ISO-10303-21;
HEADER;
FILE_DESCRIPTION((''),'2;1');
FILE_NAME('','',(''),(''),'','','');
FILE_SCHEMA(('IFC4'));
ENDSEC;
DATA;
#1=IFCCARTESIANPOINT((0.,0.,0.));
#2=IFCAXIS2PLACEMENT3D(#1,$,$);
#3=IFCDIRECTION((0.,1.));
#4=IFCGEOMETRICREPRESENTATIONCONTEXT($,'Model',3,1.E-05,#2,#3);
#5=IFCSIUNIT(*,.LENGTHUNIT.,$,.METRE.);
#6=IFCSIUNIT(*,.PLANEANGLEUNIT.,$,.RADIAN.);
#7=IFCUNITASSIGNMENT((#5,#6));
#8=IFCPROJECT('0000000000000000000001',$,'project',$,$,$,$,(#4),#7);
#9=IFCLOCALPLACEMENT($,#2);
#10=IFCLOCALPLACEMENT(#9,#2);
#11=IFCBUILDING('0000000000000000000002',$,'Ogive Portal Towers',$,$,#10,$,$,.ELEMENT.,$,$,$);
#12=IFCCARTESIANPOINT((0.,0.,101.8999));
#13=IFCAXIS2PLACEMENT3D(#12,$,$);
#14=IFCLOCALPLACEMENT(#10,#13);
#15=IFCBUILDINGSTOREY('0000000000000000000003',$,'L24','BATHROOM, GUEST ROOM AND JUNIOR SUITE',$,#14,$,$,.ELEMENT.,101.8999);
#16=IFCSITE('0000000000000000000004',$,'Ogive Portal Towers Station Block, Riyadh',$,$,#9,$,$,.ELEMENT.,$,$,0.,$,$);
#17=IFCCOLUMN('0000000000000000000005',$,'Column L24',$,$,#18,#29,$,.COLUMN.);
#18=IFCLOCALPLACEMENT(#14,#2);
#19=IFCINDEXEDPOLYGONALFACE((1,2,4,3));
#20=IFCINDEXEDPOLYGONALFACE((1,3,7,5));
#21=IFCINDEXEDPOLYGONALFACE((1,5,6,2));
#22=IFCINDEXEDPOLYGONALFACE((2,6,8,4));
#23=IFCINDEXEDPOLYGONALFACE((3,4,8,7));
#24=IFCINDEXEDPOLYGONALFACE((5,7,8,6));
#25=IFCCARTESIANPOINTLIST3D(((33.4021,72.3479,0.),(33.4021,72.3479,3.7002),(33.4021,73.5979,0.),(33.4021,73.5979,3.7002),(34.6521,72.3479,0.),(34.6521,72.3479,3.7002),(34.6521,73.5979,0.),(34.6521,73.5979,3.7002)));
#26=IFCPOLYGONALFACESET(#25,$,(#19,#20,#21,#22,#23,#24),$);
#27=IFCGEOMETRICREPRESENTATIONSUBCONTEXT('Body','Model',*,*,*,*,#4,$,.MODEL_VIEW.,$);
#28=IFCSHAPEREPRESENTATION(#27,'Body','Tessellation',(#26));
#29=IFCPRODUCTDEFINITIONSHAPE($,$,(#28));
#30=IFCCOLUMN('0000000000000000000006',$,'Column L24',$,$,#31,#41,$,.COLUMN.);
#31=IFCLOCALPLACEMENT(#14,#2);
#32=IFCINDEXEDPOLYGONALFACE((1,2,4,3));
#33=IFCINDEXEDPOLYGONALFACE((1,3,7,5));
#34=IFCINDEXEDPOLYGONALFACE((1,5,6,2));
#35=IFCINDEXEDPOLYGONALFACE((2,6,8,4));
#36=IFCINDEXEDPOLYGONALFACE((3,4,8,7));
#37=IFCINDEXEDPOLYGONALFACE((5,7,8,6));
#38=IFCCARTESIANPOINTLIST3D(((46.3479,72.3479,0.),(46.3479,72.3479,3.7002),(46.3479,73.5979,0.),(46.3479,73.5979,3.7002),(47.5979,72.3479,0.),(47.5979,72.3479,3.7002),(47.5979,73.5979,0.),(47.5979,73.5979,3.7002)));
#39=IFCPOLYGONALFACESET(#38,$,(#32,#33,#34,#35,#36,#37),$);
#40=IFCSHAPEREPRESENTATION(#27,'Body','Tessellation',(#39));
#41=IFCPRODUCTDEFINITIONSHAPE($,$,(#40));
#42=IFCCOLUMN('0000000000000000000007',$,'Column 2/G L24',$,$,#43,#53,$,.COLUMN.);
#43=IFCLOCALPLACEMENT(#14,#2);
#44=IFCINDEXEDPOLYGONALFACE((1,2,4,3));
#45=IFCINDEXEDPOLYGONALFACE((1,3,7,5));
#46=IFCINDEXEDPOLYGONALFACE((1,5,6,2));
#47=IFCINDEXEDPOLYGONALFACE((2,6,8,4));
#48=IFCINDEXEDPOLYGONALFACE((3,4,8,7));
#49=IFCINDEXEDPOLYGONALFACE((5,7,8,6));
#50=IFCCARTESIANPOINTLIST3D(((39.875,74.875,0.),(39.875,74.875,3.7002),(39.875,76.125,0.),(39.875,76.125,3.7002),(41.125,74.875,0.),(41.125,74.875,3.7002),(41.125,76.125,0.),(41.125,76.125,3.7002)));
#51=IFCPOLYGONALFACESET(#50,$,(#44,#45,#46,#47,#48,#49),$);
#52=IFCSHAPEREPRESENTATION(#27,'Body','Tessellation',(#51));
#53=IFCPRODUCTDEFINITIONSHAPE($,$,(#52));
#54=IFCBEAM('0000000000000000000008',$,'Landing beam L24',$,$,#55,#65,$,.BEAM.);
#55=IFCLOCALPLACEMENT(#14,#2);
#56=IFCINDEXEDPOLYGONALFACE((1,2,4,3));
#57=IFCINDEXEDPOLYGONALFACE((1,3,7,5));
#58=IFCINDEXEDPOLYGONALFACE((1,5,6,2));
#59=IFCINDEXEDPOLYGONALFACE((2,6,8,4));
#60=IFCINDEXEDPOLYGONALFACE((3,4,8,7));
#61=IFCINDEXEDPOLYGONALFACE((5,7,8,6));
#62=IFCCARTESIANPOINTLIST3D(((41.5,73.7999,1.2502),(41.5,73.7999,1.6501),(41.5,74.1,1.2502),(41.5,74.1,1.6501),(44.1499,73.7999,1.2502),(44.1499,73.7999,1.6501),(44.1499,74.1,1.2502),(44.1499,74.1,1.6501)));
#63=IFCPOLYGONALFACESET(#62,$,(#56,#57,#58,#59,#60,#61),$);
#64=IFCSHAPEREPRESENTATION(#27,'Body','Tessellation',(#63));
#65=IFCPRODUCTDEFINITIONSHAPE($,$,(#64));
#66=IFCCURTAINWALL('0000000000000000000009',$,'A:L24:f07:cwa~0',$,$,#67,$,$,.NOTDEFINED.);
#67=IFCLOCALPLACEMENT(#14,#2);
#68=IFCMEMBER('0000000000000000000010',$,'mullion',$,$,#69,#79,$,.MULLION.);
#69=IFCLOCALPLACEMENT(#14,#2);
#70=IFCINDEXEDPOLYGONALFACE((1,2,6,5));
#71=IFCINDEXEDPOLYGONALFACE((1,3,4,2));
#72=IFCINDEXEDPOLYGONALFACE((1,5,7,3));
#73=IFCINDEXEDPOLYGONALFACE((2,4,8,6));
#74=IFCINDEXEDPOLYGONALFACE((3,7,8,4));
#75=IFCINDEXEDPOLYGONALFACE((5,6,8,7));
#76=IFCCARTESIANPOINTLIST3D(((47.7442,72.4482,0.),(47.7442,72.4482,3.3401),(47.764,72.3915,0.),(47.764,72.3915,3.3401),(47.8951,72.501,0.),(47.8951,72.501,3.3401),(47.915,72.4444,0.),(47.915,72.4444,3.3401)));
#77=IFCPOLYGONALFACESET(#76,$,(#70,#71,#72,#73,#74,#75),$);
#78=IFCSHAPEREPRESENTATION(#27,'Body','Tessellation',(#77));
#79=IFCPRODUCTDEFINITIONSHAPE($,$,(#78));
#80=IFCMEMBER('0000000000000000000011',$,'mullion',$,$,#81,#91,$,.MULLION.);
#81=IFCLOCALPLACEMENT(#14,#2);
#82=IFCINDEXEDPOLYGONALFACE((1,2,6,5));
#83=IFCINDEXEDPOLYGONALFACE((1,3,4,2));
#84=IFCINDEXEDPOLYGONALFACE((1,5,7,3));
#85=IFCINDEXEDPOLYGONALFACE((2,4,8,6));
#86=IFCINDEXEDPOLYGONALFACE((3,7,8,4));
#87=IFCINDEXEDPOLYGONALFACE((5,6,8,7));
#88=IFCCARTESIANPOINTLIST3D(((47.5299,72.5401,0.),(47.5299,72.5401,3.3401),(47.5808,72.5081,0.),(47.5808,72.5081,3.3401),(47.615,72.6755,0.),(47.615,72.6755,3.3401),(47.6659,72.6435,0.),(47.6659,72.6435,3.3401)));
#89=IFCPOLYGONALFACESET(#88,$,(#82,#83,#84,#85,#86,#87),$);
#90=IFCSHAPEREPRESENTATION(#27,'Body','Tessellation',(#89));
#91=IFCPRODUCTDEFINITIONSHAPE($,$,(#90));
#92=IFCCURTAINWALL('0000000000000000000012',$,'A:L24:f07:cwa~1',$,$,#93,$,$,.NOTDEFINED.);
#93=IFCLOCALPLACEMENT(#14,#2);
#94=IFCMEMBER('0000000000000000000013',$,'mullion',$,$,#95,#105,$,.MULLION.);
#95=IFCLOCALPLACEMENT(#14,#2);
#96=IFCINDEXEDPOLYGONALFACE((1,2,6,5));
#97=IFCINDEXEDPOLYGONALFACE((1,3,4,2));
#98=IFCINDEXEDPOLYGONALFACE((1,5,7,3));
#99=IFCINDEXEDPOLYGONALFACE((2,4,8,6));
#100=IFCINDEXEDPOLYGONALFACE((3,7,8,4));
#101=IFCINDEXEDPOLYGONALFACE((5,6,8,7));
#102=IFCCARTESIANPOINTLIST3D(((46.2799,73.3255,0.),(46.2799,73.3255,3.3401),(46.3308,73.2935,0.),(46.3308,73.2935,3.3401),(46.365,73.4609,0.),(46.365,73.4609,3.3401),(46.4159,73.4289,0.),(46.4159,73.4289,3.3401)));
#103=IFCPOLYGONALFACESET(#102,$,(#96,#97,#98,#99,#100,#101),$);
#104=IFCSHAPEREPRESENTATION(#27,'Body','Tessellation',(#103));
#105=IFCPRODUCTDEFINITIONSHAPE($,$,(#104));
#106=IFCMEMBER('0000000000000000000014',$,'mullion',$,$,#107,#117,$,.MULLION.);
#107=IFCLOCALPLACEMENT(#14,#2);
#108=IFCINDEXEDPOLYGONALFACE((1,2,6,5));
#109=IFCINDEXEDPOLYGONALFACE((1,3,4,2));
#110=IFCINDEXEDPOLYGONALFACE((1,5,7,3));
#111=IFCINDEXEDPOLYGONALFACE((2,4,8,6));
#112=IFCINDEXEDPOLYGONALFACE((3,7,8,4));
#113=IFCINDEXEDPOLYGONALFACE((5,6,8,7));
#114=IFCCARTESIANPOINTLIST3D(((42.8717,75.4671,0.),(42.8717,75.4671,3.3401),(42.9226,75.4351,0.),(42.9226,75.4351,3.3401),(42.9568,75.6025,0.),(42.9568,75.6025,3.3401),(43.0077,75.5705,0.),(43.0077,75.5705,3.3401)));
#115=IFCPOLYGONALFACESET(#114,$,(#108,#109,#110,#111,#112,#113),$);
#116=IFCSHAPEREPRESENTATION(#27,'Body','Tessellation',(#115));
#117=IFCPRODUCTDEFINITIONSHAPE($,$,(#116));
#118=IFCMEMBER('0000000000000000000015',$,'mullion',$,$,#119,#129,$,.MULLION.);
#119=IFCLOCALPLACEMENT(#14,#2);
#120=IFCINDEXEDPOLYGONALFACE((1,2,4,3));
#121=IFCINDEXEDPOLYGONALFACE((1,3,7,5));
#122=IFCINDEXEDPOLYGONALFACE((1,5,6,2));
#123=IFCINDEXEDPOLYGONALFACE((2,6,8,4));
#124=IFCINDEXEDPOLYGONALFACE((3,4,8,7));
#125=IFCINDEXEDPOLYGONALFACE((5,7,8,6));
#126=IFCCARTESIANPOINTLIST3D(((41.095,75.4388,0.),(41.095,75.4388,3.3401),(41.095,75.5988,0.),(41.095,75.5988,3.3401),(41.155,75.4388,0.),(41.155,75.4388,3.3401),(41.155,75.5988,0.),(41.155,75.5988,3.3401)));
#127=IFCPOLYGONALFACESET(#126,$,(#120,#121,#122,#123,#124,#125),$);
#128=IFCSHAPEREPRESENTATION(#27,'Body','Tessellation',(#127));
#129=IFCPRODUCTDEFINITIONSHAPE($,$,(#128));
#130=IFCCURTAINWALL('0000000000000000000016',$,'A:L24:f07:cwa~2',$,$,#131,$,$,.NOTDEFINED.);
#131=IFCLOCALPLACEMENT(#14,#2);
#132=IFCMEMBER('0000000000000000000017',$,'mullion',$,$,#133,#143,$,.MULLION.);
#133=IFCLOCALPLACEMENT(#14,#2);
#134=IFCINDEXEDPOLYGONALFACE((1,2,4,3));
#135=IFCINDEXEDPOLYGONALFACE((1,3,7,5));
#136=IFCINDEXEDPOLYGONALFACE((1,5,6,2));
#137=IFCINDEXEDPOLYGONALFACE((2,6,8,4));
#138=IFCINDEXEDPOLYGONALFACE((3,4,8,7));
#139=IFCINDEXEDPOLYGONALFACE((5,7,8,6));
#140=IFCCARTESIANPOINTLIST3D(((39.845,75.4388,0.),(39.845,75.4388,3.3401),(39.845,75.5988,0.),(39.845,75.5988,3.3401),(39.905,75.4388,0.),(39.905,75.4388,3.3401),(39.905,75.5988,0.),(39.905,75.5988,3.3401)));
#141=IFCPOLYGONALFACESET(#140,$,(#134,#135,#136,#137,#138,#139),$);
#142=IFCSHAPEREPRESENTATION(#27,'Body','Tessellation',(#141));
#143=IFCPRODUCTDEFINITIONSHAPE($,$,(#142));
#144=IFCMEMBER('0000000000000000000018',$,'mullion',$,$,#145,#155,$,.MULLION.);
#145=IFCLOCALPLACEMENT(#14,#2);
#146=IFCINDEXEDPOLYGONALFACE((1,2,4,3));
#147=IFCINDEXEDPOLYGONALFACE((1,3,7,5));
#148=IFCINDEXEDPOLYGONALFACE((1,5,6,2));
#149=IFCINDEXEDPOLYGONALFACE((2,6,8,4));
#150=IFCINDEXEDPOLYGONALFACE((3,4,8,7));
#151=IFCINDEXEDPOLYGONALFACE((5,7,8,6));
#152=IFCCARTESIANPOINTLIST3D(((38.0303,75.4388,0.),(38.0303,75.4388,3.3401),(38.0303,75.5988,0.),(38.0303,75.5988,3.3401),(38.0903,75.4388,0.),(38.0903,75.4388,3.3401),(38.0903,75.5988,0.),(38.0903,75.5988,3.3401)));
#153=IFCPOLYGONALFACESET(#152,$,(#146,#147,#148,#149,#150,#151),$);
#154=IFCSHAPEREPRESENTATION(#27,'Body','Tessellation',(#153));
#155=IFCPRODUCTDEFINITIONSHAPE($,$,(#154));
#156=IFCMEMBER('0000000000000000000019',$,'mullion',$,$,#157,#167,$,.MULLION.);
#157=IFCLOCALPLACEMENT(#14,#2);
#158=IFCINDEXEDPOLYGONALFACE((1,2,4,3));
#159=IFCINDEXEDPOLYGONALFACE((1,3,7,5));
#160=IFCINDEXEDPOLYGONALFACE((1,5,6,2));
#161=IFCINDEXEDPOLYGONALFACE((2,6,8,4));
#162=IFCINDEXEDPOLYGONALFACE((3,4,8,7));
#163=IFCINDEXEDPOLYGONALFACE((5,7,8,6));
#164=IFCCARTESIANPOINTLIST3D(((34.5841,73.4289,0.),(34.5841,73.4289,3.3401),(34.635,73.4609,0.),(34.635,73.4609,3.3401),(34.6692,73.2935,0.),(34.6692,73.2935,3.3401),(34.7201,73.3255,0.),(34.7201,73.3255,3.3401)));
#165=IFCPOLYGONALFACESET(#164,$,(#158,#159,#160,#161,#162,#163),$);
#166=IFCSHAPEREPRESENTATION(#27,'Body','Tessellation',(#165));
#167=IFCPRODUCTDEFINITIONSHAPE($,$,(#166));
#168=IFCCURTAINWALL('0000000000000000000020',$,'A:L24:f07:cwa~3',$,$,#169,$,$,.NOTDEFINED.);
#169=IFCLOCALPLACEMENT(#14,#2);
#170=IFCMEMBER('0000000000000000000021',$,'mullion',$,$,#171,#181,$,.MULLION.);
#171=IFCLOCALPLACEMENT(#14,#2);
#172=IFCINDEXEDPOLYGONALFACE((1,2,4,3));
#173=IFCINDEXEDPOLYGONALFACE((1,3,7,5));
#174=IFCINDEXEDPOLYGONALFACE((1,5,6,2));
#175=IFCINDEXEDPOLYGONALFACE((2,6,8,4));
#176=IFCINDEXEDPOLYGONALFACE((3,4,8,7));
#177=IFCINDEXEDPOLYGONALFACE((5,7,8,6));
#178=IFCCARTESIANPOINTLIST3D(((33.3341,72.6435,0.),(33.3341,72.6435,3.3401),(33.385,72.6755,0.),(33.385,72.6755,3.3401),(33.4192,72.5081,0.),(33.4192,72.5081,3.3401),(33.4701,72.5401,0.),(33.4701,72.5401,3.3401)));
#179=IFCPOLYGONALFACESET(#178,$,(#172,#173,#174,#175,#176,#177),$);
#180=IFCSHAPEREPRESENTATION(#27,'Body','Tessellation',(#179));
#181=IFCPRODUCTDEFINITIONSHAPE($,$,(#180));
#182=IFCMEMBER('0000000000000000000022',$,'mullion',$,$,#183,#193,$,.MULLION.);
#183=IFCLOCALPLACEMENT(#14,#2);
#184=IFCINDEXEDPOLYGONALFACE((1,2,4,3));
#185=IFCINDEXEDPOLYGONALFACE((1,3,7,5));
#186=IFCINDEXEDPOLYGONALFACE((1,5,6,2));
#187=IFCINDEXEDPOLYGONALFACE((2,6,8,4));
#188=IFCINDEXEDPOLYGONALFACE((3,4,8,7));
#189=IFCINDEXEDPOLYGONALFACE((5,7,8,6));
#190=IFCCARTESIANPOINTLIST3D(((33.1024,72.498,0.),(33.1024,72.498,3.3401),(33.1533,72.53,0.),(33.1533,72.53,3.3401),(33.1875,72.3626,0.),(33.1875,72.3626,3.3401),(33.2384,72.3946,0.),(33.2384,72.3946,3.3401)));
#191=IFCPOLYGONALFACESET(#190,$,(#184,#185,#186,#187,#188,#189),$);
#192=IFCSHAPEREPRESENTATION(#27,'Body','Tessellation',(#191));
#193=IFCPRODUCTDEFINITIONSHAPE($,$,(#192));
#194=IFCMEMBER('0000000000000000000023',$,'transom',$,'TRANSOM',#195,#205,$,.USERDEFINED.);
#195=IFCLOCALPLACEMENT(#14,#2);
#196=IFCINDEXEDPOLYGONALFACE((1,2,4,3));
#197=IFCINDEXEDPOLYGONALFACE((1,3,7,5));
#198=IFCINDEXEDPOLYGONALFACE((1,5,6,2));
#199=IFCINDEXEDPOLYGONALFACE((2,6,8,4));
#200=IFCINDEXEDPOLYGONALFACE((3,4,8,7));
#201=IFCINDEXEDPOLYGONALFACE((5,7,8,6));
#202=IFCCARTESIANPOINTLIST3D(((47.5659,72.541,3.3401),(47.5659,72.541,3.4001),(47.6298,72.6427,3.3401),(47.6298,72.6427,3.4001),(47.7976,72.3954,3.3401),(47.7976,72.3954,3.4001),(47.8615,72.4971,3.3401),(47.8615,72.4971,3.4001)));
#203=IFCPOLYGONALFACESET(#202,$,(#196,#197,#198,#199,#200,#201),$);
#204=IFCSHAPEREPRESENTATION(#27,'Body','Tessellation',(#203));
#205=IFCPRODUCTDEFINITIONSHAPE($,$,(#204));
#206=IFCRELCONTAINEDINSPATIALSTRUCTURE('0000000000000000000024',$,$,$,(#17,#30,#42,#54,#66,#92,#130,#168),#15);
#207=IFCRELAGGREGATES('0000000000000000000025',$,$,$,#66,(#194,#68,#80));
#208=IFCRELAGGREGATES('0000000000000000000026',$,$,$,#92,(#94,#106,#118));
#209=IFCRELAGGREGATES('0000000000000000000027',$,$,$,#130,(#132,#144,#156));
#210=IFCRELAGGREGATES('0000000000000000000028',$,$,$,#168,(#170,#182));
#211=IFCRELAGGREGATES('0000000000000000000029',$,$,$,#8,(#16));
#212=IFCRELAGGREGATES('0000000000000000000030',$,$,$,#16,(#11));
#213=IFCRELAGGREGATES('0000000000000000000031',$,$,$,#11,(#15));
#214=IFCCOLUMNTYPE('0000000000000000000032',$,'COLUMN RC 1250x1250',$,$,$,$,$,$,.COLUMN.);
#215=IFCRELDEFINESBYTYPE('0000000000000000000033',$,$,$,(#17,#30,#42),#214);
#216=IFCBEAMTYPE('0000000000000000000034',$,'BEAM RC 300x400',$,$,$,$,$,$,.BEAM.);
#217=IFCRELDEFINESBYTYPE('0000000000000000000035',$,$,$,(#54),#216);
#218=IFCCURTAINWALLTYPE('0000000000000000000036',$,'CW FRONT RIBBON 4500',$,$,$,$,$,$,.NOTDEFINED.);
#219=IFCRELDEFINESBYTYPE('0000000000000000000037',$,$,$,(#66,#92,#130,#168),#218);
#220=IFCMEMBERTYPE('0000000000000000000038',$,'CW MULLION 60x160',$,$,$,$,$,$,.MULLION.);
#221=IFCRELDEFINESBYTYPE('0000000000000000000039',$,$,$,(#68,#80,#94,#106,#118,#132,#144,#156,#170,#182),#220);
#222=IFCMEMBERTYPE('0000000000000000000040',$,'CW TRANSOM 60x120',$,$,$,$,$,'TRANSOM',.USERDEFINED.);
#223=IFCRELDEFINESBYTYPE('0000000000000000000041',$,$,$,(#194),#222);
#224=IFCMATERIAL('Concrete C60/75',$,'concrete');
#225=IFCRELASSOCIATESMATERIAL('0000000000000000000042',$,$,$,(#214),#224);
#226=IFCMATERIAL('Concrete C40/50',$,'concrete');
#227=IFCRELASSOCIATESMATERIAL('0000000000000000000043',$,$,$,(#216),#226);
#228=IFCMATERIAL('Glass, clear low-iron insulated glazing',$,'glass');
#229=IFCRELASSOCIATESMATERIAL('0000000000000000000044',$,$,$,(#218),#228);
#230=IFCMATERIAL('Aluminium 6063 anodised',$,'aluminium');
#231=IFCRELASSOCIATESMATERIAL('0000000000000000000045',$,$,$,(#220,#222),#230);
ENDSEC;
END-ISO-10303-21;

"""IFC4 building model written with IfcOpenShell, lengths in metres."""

from ifc_helpers import new_model, si_unit, direction, frame, origin, origin_2d, place, context, subcontext, project, spatial, rectangle, extrude, material, material_profile, profile_set, type_object, element, aggregate, save


model = new_model("IFC4")

# Units and contexts
model_context = context("Model", 3, precision=1e-05, world=origin(), true_north=direction((0.0, 1.0)))
body_context = subcontext(model_context, "Body", "Model", "MODEL_VIEW")
ifc_project = project(units=[si_unit("LENGTHUNIT", "METRE"), si_unit("PLANEANGLEUNIT", "RADIAN")], contexts=[model_context])

# Site, building, storey
site_placement = place(None, origin())
site = spatial("IfcSite", under=ifc_project, at=site_placement, Name="Ogive Portal Towers Station Block, Riyadh", CompositionType="ELEMENT", RefElevation=0.0)
building_placement = place(site_placement, origin())
building = spatial("IfcBuilding", under=site, at=building_placement, Name="Ogive Portal Towers", CompositionType="ELEMENT")
storey_placement = place(building_placement, frame((0.0, 0.0, 101.8999)))
storey = spatial("IfcBuildingStorey", under=building, at=storey_placement, Name="L24", Description="BATHROOM, GUEST ROOM AND JUNIOR SUITE", CompositionType="ELEMENT", Elevation=101.8999)

# Columns
ifc_material_1 = material(Name="Concrete C60/75", Category="concrete")
ifc_material_profile_1 = material_profile(ifc_material_1, rectangle(XDim=1.25, YDim=1.25, at=origin_2d()), Name="RC 1250x1250")
ifc_profile_set_1 = profile_set([ifc_material_profile_1], Name="Concrete C60/75")
column_type = type_object("IfcColumnType", Name="COLUMN RC 1250x1250", PredefinedType="COLUMN", material=ifc_profile_set_1)
for number, where, z_axis, x_axis, name in (
    (1, (34.0271, 72.9729, 0.0), (0.0, 0.0, 1.0), (1.0, 0.0, 0.0), "Column L24"),
    (2, (46.9729, 72.9729, 0.0), (0.0, 0.0, 1.0), (1.0, 0.0, 0.0), "Column L24"),
    (3, (40.5, 75.5, 0.0), (0.0, 0.0, 1.0), (1.0, 0.0, 0.0), "Column 2/G L24"),
):
    element("IfcColumn", number, at=place(storey_placement, frame(where, z_axis=z_axis, x_axis=x_axis)), inside=storey, type_object=column_type, Name=name, PredefinedType="COLUMN", context=body_context, shape_type="SweptSolid", body=[
        extrude(rectangle(XDim=1.25, YDim=1.25, at=origin_2d()), origin(), (0.0, 0.0, 1.0), 3.7002),
    ])

# Beam
ifc_material_2 = material(Name="Concrete C40/50", Category="concrete")
ifc_material_profile_2 = material_profile(ifc_material_2, rectangle(XDim=0.3, YDim=0.3999, at=origin_2d()), Name="RC 300x400")
ifc_profile_set_2 = profile_set([ifc_material_profile_2], Name="Concrete C40/50")
beam_type = type_object("IfcBeamType", Name="BEAM RC 300x400", PredefinedType="BEAM", material=ifc_profile_set_2)
beam_placement = place(storey_placement, frame((41.5, 73.95, 1.4502), z_axis=(1.0, 0.0, 0.0), x_axis=(0.0, 1.0, 0.0)))
element("IfcBeam", 4, at=beam_placement, inside=storey, type_object=beam_type, Name="Landing beam L24", PredefinedType="BEAM", context=body_context, shape_type="SweptSolid", body=[
    extrude(rectangle(XDim=0.3, YDim=0.3999, at=origin_2d()), origin(), (0.0, 0.0, 1.0), 2.6499),
])

# Curtain walls, members
ifc_material_3 = material(Name="Glass, clear low-iron insulated glazing", Category="glass")
curtain_wall_type = type_object("IfcCurtainWallType", Name="CW FRONT RIBBON 4500", PredefinedType="NOTDEFINED", material=ifc_material_3)
curtain_wall_1_placement = place(storey_placement, origin())
curtain_wall_1 = element("IfcCurtainWall", 5, at=curtain_wall_1_placement, inside=storey, type_object=curtain_wall_type, Name="A:L24:f07:cwa~0", PredefinedType="NOTDEFINED")
ifc_material_4 = material(Name="Aluminium 6063 anodised", Category="aluminium")
ifc_material_profile_3 = material_profile(ifc_material_4, rectangle(XDim=0.1599, YDim=0.0601, at=origin_2d()), Name="AL 60x160")
ifc_profile_set_3 = profile_set([ifc_material_profile_3], Name="Aluminium 6063 anodised")
member_type_1 = type_object("IfcMemberType", Name="CW MULLION 60x160", PredefinedType="MULLION", material=ifc_profile_set_3)
member_1_placement = place(storey_placement, frame((47.8296, 72.4463, 0.0), z_axis=(0.0, 0.0, 1.0), x_axis=(-0.943883, -0.330279, 0.0)))
member_1 = element("IfcMember", 6, at=member_1_placement, type_object=member_type_1, Name="mullion", PredefinedType="MULLION", context=body_context, shape_type="SweptSolid", body=[
    extrude(rectangle(XDim=0.1599, YDim=0.0601, at=origin_2d()), origin(), (0.0, 0.0, 1.0), 3.3401),
])
member_2_placement = place(storey_placement, frame((47.5979, 72.5918, 0.0), z_axis=(0.0, 0.0, 1.0), x_axis=(-0.532032, -0.846724, 0.0)))
member_2 = element("IfcMember", 7, at=member_2_placement, type_object=member_type_1, Name="mullion", PredefinedType="MULLION", context=body_context, shape_type="SweptSolid", body=[
    extrude(rectangle(XDim=0.1599, YDim=0.0601, at=origin_2d()), origin(), (0.0, 0.0, 1.0), 3.3401),
])
curtain_wall_2_placement = place(storey_placement, origin())
curtain_wall_2 = element("IfcCurtainWall", 8, at=curtain_wall_2_placement, inside=storey, type_object=curtain_wall_type, Name="A:L24:f07:cwa~1", PredefinedType="NOTDEFINED")
member_3_placement = place(storey_placement, frame((46.3479, 73.3772, 0.0), z_axis=(0.0, 0.0, 1.0), x_axis=(-0.532032, -0.846724, 0.0)))
member_3 = element("IfcMember", 9, at=member_3_placement, type_object=member_type_1, Name="mullion", PredefinedType="MULLION", context=body_context, shape_type="SweptSolid", body=[
    extrude(rectangle(XDim=0.1599, YDim=0.0601, at=origin_2d()), origin(), (0.0, 0.0, 1.0), 3.3401),
])
member_4_placement = place(storey_placement, frame((42.9397, 75.5188, 0.0), z_axis=(0.0, 0.0, 1.0), x_axis=(-0.532032, -0.846724, 0.0)))
member_4 = element("IfcMember", 10, at=member_4_placement, type_object=member_type_1, Name="mullion", PredefinedType="MULLION", context=body_context, shape_type="SweptSolid", body=[
    extrude(rectangle(XDim=0.1599, YDim=0.0601, at=origin_2d()), origin(), (0.0, 0.0, 1.0), 3.3401),
])
member_5_placement = place(storey_placement, frame((41.125, 75.5188, 0.0), z_axis=(0.0, 0.0, 1.0), x_axis=(0.0, -1.0, 0.0)))
member_5 = element("IfcMember", 11, at=member_5_placement, type_object=member_type_1, Name="mullion", PredefinedType="MULLION", context=body_context, shape_type="SweptSolid", body=[
    extrude(rectangle(XDim=0.1599, YDim=0.0601, at=origin_2d()), origin(), (0.0, 0.0, 1.0), 3.3401),
])
curtain_wall_3_placement = place(storey_placement, origin())
curtain_wall_3 = element("IfcCurtainWall", 12, at=curtain_wall_3_placement, inside=storey, type_object=curtain_wall_type, Name="A:L24:f07:cwa~2", PredefinedType="NOTDEFINED")
member_6_placement = place(storey_placement, frame((39.875, 75.5188, 0.0), z_axis=(0.0, 0.0, 1.0), x_axis=(0.0, -1.0, 0.0)))
member_6 = element("IfcMember", 13, at=member_6_placement, type_object=member_type_1, Name="mullion", PredefinedType="MULLION", context=body_context, shape_type="SweptSolid", body=[
    extrude(rectangle(XDim=0.1599, YDim=0.0601, at=origin_2d()), origin(), (0.0, 0.0, 1.0), 3.3401),
])
member_7_placement = place(storey_placement, frame((38.0603, 75.5188, 0.0), z_axis=(0.0, 0.0, 1.0), x_axis=(0.0, -1.0, 0.0)))
member_7 = element("IfcMember", 14, at=member_7_placement, type_object=member_type_1, Name="mullion", PredefinedType="MULLION", context=body_context, shape_type="SweptSolid", body=[
    extrude(rectangle(XDim=0.1599, YDim=0.0601, at=origin_2d()), origin(), (0.0, 0.0, 1.0), 3.3401),
])
member_8_placement = place(storey_placement, frame((34.6521, 73.3772, 0.0), z_axis=(0.0, 0.0, 1.0), x_axis=(0.532032, -0.846724, 0.0)))
member_8 = element("IfcMember", 15, at=member_8_placement, type_object=member_type_1, Name="mullion", PredefinedType="MULLION", context=body_context, shape_type="SweptSolid", body=[
    extrude(rectangle(XDim=0.1599, YDim=0.0601, at=origin_2d()), origin(), (0.0, 0.0, 1.0), 3.3401),
])
curtain_wall_4_placement = place(storey_placement, origin())
curtain_wall_4 = element("IfcCurtainWall", 16, at=curtain_wall_4_placement, inside=storey, type_object=curtain_wall_type, Name="A:L24:f07:cwa~3", PredefinedType="NOTDEFINED")
member_9_placement = place(storey_placement, frame((33.4021, 72.5918, 0.0), z_axis=(0.0, 0.0, 1.0), x_axis=(0.532032, -0.846724, 0.0)))
member_9 = element("IfcMember", 17, at=member_9_placement, type_object=member_type_1, Name="mullion", PredefinedType="MULLION", context=body_context, shape_type="SweptSolid", body=[
    extrude(rectangle(XDim=0.1599, YDim=0.0601, at=origin_2d()), origin(), (0.0, 0.0, 1.0), 3.3401),
])
member_10_placement = place(storey_placement, frame((33.1704, 72.4463, 0.0), z_axis=(0.0, 0.0, 1.0), x_axis=(0.532032, -0.846724, 0.0)))
member_10 = element("IfcMember", 18, at=member_10_placement, type_object=member_type_1, Name="mullion", PredefinedType="MULLION", context=body_context, shape_type="SweptSolid", body=[
    extrude(rectangle(XDim=0.1599, YDim=0.0601, at=origin_2d()), origin(), (0.0, 0.0, 1.0), 3.3401),
])

# Member
ifc_material_profile_4 = material_profile(ifc_material_4, rectangle(XDim=0.1201, YDim=0.0601, at=origin_2d()), Name="AL 120x60")
ifc_profile_set_4 = profile_set([ifc_material_profile_4], Name="Aluminium 6063 anodised")
member_type_2 = type_object("IfcMemberType", Name="CW TRANSOM 60x120", ElementType="TRANSOM", PredefinedType="USERDEFINED", material=ifc_profile_set_4)
member_11_placement = place(storey_placement, frame((47.8296, 72.4463, 3.3701), z_axis=(-0.846843, 0.531843, 0.0), x_axis=(-0.531843, -0.846843, 0.0)))
member_11 = element("IfcMember", 19, at=member_11_placement, type_object=member_type_2, Name="transom", ObjectType="TRANSOM", PredefinedType="USERDEFINED", context=body_context, shape_type="SweptSolid", body=[
    extrude(rectangle(XDim=0.1201, YDim=0.0601, at=origin_2d()), origin(), (0.0, 0.0, 1.0), 0.2737),
])

aggregate(curtain_wall_1, [member_11, member_1, member_2])
aggregate(curtain_wall_2, [member_3, member_4, member_5])
aggregate(curtain_wall_3, [member_6, member_7, member_8])
aggregate(curtain_wall_4, [member_9, member_10])

save(model, "model.ifc")
